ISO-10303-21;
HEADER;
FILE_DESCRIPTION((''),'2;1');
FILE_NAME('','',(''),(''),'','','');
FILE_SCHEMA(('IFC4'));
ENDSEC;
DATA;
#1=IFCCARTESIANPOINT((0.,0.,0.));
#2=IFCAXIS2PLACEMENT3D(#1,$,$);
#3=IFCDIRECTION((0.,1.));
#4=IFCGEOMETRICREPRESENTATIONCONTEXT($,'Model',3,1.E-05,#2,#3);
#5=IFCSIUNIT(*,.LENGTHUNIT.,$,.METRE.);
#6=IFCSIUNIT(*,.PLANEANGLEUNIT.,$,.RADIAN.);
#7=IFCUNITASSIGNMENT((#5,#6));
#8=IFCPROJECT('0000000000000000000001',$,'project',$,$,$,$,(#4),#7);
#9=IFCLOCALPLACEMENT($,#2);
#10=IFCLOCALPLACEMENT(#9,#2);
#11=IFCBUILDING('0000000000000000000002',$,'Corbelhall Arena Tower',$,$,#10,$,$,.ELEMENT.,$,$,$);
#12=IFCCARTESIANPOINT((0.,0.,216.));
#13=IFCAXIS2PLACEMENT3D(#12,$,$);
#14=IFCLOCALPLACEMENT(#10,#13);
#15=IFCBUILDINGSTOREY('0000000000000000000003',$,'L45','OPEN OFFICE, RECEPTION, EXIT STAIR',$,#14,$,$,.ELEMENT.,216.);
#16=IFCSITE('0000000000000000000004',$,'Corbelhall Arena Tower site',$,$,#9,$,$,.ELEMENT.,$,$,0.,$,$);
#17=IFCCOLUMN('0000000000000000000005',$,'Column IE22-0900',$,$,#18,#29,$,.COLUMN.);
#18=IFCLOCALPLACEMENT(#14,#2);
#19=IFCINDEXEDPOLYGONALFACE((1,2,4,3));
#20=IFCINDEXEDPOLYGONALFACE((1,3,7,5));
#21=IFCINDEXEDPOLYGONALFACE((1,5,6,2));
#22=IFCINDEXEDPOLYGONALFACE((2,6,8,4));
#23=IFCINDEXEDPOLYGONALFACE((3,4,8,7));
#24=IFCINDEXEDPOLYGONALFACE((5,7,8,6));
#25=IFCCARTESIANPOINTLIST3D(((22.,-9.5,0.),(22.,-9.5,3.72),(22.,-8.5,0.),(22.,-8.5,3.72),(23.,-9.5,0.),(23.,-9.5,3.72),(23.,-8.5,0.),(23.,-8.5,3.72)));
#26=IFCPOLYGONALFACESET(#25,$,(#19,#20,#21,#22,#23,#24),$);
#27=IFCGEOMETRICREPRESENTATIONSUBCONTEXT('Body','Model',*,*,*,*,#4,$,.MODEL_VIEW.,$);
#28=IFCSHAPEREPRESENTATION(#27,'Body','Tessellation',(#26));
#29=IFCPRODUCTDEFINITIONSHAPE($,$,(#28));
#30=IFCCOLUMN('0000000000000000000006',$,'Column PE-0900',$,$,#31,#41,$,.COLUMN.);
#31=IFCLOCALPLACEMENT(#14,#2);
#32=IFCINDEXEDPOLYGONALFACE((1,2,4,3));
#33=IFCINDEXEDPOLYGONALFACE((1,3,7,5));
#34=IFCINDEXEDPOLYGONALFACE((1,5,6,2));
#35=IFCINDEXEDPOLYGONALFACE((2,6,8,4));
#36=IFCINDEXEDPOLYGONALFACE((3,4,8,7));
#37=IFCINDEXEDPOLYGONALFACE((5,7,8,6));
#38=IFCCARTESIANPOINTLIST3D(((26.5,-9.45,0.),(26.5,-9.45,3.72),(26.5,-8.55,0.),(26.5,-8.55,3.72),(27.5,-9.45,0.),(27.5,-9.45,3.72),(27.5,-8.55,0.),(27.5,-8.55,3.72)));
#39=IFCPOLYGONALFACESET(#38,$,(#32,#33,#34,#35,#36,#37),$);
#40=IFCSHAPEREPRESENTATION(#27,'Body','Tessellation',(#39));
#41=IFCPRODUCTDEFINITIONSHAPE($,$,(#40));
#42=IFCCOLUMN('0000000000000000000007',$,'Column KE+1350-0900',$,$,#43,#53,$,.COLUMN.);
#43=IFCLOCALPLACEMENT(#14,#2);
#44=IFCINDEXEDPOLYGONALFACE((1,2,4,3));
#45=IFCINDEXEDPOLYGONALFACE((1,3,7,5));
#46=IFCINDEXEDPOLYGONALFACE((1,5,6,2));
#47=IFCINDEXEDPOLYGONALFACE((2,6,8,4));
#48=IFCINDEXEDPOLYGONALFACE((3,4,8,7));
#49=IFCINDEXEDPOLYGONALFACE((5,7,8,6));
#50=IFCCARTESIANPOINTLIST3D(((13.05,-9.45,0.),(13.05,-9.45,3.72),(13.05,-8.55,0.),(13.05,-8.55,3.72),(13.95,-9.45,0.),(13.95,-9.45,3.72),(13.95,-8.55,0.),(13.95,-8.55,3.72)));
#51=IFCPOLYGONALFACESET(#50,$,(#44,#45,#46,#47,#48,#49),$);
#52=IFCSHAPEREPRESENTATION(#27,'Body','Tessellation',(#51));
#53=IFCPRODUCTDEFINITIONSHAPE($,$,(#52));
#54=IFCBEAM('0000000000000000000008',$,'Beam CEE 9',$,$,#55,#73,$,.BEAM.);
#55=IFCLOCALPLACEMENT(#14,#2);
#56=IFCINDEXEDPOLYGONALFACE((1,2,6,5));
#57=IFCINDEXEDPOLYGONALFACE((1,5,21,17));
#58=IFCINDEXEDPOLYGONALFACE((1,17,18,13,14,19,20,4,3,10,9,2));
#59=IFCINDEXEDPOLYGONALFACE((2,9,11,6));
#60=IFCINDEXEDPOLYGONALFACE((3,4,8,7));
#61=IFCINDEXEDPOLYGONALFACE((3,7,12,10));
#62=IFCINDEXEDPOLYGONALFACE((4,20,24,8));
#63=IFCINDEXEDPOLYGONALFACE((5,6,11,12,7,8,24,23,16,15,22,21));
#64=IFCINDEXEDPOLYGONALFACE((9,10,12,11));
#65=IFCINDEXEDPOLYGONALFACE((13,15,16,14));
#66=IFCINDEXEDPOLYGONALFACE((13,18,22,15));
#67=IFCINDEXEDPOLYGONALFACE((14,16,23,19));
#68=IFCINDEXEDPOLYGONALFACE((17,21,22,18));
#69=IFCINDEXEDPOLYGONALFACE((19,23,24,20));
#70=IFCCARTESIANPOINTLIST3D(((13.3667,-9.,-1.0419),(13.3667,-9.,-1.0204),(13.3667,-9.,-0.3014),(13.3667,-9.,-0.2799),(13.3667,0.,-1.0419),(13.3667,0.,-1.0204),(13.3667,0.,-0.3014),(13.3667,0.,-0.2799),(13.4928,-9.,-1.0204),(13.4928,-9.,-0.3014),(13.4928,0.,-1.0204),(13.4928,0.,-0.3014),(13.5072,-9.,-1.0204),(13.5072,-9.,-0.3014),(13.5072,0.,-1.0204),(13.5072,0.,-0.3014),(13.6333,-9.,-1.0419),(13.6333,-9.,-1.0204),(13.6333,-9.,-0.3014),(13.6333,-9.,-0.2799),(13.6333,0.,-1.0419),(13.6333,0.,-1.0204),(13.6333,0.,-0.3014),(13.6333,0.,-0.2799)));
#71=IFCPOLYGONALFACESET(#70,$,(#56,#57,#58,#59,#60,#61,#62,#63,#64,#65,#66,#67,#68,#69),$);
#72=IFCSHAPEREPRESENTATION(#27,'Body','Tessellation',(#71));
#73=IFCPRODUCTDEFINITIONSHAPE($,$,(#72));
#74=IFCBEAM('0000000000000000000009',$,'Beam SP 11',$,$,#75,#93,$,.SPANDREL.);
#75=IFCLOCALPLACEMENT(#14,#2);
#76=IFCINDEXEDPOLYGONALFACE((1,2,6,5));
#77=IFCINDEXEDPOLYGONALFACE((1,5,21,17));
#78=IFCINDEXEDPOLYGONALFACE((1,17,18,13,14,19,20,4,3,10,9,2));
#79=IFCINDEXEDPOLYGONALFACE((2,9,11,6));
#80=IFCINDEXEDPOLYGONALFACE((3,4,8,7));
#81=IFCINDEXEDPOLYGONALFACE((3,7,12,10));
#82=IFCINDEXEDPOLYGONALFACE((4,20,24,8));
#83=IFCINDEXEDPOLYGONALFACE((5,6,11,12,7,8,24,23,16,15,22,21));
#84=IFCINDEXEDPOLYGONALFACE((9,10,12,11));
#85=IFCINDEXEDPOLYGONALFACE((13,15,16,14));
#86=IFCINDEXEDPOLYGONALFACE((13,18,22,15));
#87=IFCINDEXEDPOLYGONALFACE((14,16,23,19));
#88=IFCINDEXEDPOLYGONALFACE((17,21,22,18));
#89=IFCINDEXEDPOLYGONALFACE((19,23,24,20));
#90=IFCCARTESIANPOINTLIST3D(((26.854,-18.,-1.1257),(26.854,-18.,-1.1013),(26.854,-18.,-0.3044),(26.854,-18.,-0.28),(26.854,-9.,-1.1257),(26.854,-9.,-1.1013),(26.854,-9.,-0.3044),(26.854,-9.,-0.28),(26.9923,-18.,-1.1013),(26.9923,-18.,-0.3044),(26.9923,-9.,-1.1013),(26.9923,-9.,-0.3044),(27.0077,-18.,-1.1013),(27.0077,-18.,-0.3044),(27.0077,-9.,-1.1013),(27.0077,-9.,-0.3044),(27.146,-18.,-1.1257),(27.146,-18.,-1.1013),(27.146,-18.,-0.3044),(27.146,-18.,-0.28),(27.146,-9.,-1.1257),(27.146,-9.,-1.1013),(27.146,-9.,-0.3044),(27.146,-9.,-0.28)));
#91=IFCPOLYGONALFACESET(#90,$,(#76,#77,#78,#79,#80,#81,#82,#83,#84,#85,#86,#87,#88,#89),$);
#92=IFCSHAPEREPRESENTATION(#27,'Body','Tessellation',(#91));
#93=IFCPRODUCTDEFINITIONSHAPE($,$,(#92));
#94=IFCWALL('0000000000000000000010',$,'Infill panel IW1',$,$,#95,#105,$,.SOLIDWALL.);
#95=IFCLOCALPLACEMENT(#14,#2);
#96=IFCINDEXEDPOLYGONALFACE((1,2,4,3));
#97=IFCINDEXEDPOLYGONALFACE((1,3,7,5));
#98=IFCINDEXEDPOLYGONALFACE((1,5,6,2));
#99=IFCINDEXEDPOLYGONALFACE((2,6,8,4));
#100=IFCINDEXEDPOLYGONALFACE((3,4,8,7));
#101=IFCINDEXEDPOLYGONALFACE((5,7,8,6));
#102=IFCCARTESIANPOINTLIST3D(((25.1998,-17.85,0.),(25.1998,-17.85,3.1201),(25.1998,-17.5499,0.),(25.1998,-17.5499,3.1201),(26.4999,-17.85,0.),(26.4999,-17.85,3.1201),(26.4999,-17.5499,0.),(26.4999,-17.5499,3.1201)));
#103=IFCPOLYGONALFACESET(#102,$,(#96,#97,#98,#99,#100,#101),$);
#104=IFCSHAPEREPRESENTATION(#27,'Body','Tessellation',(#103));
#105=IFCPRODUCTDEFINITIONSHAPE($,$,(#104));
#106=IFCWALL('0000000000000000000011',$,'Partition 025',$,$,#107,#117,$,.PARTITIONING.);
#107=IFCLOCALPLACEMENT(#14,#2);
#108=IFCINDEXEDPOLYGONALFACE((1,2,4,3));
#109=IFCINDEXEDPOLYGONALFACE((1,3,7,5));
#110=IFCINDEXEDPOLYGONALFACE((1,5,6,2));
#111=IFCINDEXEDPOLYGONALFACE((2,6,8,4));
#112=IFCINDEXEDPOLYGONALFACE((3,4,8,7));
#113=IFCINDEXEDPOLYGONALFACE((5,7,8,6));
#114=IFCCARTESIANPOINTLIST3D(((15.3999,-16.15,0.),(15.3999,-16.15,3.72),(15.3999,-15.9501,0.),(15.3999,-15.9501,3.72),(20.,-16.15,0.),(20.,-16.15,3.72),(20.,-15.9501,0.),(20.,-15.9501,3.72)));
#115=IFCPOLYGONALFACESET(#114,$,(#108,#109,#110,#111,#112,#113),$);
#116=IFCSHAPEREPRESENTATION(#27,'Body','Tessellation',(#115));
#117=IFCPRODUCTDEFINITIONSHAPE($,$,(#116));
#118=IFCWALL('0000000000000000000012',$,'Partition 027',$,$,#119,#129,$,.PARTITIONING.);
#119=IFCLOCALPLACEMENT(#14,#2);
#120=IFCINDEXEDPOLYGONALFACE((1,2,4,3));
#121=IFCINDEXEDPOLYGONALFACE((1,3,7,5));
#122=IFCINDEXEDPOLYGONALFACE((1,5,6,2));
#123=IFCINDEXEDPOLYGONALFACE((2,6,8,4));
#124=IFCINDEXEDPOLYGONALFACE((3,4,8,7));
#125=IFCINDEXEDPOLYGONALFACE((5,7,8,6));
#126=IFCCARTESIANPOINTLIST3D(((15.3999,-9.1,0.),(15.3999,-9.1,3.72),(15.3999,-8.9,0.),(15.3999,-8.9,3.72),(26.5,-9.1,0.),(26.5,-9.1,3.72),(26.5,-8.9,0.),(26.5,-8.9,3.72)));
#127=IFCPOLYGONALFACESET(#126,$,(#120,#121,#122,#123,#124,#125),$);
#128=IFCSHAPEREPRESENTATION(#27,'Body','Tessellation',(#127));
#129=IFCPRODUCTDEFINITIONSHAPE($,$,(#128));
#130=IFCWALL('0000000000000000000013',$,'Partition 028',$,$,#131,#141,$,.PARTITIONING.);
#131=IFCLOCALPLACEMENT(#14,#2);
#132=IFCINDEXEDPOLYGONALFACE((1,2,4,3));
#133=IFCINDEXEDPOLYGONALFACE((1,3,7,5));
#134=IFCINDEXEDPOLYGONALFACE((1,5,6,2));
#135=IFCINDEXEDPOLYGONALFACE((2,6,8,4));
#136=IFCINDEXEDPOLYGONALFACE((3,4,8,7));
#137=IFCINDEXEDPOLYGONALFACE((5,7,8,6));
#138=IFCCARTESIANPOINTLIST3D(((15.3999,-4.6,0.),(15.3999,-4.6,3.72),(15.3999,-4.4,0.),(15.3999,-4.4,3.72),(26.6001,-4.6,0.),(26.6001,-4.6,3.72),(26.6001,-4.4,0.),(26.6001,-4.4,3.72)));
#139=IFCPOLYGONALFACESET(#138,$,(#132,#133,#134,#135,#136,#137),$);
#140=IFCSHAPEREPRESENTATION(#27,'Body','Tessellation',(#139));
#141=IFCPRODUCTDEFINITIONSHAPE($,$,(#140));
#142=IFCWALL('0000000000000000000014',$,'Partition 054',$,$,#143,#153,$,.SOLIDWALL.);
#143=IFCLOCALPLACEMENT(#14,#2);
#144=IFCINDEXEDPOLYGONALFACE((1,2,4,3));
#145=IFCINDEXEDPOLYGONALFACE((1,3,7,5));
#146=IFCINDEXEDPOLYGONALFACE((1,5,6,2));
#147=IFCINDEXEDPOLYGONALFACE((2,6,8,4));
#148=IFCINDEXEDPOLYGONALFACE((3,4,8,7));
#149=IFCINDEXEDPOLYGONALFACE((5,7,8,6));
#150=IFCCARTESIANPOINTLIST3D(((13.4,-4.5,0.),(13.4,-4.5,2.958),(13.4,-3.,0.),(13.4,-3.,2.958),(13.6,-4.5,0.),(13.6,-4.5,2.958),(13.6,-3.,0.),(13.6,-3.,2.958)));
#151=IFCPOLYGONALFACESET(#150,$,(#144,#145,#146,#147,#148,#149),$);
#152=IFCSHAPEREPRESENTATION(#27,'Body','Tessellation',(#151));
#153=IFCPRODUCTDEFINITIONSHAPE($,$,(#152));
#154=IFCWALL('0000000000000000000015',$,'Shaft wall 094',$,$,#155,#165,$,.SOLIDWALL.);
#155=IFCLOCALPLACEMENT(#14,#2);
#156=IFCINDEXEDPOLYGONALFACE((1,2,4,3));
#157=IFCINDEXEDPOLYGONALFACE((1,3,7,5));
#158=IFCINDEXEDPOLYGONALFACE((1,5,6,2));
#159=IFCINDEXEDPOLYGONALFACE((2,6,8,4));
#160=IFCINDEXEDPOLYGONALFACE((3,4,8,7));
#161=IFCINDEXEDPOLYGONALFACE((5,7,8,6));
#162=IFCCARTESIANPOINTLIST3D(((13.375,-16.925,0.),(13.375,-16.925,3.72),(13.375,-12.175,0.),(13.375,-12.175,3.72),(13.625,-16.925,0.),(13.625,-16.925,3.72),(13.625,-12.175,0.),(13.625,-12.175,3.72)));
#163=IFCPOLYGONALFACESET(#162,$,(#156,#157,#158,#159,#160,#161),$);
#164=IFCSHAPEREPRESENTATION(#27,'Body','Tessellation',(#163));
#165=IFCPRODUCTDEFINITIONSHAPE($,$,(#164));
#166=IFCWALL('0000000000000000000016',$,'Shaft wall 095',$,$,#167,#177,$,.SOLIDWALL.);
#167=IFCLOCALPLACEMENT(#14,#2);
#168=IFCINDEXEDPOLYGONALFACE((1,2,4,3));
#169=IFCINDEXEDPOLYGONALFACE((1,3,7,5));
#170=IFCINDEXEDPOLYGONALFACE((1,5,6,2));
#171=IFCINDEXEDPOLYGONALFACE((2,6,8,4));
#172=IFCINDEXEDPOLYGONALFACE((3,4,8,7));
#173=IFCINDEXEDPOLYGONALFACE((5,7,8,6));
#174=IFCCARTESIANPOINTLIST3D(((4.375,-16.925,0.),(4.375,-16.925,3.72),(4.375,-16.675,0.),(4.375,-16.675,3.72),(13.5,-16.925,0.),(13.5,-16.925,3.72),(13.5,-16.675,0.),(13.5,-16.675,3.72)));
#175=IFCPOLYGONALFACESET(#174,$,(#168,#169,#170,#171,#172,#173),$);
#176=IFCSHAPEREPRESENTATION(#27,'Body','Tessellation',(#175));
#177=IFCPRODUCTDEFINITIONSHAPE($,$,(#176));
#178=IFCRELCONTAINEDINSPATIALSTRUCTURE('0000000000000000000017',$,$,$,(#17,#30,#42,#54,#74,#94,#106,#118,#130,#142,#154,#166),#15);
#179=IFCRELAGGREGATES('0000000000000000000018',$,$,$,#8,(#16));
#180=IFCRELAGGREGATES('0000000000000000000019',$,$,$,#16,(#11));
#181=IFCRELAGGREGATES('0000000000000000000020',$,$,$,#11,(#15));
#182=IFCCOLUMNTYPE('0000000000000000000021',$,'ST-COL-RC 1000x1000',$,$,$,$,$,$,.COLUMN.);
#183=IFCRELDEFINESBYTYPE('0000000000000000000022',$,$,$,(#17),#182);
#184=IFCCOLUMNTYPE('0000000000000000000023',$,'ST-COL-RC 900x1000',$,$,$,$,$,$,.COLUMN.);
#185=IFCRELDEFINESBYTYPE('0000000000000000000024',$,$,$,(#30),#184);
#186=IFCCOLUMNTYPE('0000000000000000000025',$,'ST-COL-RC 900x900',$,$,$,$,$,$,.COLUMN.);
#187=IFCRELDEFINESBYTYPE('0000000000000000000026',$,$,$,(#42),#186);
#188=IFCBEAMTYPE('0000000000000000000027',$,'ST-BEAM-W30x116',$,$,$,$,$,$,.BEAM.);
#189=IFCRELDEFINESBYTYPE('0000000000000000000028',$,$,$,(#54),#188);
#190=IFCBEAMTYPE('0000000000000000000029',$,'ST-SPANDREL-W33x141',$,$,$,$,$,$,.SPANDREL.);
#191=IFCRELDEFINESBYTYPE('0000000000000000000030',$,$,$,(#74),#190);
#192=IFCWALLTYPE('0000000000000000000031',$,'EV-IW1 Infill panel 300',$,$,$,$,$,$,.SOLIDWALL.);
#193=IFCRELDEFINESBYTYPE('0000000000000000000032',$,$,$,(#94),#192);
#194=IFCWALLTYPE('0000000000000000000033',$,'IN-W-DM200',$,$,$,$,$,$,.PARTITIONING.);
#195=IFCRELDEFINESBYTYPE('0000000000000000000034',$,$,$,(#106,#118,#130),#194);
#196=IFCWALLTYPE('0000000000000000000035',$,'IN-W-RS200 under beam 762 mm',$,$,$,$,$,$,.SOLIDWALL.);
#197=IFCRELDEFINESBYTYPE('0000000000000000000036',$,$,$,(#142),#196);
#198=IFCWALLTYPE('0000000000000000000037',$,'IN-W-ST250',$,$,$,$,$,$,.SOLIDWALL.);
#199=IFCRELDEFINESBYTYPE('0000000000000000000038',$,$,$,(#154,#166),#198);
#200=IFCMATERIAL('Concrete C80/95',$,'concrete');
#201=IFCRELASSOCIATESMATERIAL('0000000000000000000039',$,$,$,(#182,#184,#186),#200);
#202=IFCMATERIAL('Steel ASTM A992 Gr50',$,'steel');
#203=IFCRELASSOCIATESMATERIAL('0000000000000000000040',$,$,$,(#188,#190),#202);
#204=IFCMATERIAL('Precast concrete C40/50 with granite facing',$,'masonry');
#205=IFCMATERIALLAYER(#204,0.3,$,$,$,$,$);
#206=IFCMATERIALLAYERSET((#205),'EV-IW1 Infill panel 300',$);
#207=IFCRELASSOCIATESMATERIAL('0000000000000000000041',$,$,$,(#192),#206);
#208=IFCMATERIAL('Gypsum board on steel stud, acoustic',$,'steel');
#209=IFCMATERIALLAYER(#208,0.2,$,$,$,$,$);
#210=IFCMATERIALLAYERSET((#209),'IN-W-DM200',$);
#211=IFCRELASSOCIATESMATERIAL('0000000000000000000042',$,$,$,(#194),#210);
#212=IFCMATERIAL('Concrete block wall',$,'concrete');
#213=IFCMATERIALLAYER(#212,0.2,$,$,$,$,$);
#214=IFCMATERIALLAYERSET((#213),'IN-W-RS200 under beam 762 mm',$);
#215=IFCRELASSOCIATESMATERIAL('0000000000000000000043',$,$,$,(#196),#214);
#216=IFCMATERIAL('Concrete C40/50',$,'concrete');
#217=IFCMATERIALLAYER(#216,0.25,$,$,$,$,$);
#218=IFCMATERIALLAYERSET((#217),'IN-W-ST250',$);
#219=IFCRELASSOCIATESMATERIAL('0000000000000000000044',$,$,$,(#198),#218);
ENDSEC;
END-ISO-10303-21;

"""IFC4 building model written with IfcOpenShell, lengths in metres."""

from ifc_helpers import new_model, si_unit, direction, frame, frame_2d, origin, origin_2d, place, context, subcontext, project, spatial, rectangle, i_section, extrude, material, layer, layer_set, material_profile, profile_set, type_object, element, save


model = new_model("IFC4")

# Units and contexts
model_context = context("Model", 3, precision=1e-05, world=origin(), true_north=direction((0.0, 1.0)))
body_context = subcontext(model_context, "Body", "Model", "MODEL_VIEW")
ifc_project = project(units=[si_unit("LENGTHUNIT", "METRE"), si_unit("PLANEANGLEUNIT", "RADIAN")], contexts=[model_context])

# Site, building, storey
site_placement = place(None, origin())
site = spatial("IfcSite", under=ifc_project, at=site_placement, Name="Corbelhall Arena Tower site", CompositionType="ELEMENT", RefElevation=0.0)
building_placement = place(site_placement, origin())
building = spatial("IfcBuilding", under=site, at=building_placement, Name="Corbelhall Arena Tower", CompositionType="ELEMENT")
storey_placement = place(building_placement, frame((0.0, 0.0, 216.0)))
storey = spatial("IfcBuildingStorey", under=building, at=storey_placement, Name="L45", Description="OPEN OFFICE, RECEPTION, EXIT STAIR", CompositionType="ELEMENT", Elevation=216.0)

# Columns
ifc_material_1 = material(Name="Concrete C80/95", Category="concrete")
ifc_material_profile_1 = material_profile(ifc_material_1, rectangle(XDim=1.0, YDim=1.0, at=origin_2d()))
ifc_profile_set_1 = profile_set([ifc_material_profile_1], Name="Concrete C80/95")
column_type_1 = type_object("IfcColumnType", Name="ST-COL-RC 1000x1000", PredefinedType="COLUMN", material=ifc_profile_set_1)
column_1_placement = place(storey_placement, frame((22.5, -9.0, 0.0), z_axis=(0.0, 0.0, 1.0), x_axis=(1.0, 0.0, 0.0)))
element("IfcColumn", 1, at=column_1_placement, inside=storey, type_object=column_type_1, Name="Column IE22-0900", PredefinedType="COLUMN", context=body_context, shape_type="SweptSolid", body=[
    extrude(rectangle(XDim=1.0, YDim=1.0, at=origin_2d()), origin(), (0.0, 0.0, 1.0), 3.72),
])
ifc_material_profile_2 = material_profile(ifc_material_1, rectangle(XDim=0.8999, YDim=1.0, at=origin_2d()))
ifc_profile_set_2 = profile_set([ifc_material_profile_2], Name="Concrete C80/95")
column_type_2 = type_object("IfcColumnType", Name="ST-COL-RC 900x1000", PredefinedType="COLUMN", material=ifc_profile_set_2)
column_2_placement = place(storey_placement, frame((27.0, -9.0, 0.0), z_axis=(0.0, 0.0, 1.0), x_axis=(0.0, 1.0, 0.0)))
element("IfcColumn", 2, at=column_2_placement, inside=storey, type_object=column_type_2, Name="Column PE-0900", PredefinedType="COLUMN", context=body_context, shape_type="SweptSolid", body=[
    extrude(rectangle(XDim=0.8999, YDim=1.0, at=origin_2d()), origin(), (0.0, 0.0, 1.0), 3.72),
])
ifc_material_profile_3 = material_profile(ifc_material_1, rectangle(XDim=0.8999, YDim=0.8999, at=origin_2d()))
ifc_profile_set_3 = profile_set([ifc_material_profile_3], Name="Concrete C80/95")
column_type_3 = type_object("IfcColumnType", Name="ST-COL-RC 900x900", PredefinedType="COLUMN", material=ifc_profile_set_3)
column_3_placement = place(storey_placement, frame((13.5, -9.0, 0.0), z_axis=(0.0, 0.0, 1.0), x_axis=(1.0, 0.0, 0.0)))
element("IfcColumn", 3, at=column_3_placement, inside=storey, type_object=column_type_3, Name="Column KE+1350-0900", PredefinedType="COLUMN", context=body_context, shape_type="SweptSolid", body=[
    extrude(rectangle(XDim=0.8999, YDim=0.8999, at=origin_2d()), origin(), (0.0, 0.0, 1.0), 3.72),
])

# Beams
ifc_material_2 = material(Name="Steel ASTM A992 Gr50", Category="steel")
ifc_material_profile_4 = material_profile(ifc_material_2, i_section(OverallWidth=0.2666, OverallDepth=0.762, WebThickness=0.0144, FlangeThickness=0.0215, at=origin_2d()))
ifc_profile_set_4 = profile_set([ifc_material_profile_4], Name="Steel ASTM A992 Gr50")
beam_type_1 = type_object("IfcBeamType", Name="ST-BEAM-W30x116", PredefinedType="BEAM", material=ifc_profile_set_4)
beam_1_placement = place(storey_placement, frame((13.5, -9.0, -0.6609), z_axis=(0.0, 1.0, 0.0), x_axis=(-1.0, 0.0, 0.0)))
element("IfcBeam", 4, at=beam_1_placement, inside=storey, type_object=beam_type_1, Name="Beam CEE 9", PredefinedType="BEAM", context=body_context, shape_type="SweptSolid", body=[
    extrude(i_section(OverallWidth=0.2666, OverallDepth=0.762, WebThickness=0.0144, FlangeThickness=0.0215, at=origin_2d()), origin(), (0.0, 0.0, 1.0), 9.0),
])
ifc_material_profile_5 = material_profile(ifc_material_2, i_section(OverallWidth=0.292, OverallDepth=0.8457, WebThickness=0.0154, FlangeThickness=0.0244, at=origin_2d()))
ifc_profile_set_5 = profile_set([ifc_material_profile_5], Name="Steel ASTM A992 Gr50")
beam_type_2 = type_object("IfcBeamType", Name="ST-SPANDREL-W33x141", PredefinedType="SPANDREL", material=ifc_profile_set_5)
beam_2_placement = place(storey_placement, frame((27.0, -9.0, -0.7029), z_axis=(0.0, -1.0, 0.0), x_axis=(1.0, 0.0, 0.0)))
element("IfcBeam", 5, at=beam_2_placement, inside=storey, type_object=beam_type_2, Name="Beam SP 11", PredefinedType="SPANDREL", context=body_context, shape_type="SweptSolid", body=[
    extrude(i_section(OverallWidth=0.292, OverallDepth=0.8457, WebThickness=0.0154, FlangeThickness=0.0244, at=origin_2d()), origin(), (0.0, 0.0, 1.0), 9.0),
])

# Wall
ifc_material_3 = material(Name="Precast concrete C40/50 with granite facing", Category="masonry")
ifc_layer_1 = layer(ifc_material_3, 0.3)
ifc_layer_set_1 = layer_set([ifc_layer_1], Name="EV-IW1 Infill panel 300")
wall_type_1 = type_object("IfcWallType", Name="EV-IW1 Infill panel 300", PredefinedType="SOLIDWALL", material=ifc_layer_set_1)
wall_1_placement = place(storey_placement, frame((25.2, -17.7, 0.0), z_axis=(0.0, 0.0, 1.0), x_axis=(1.0, 0.0, 0.0)))
element("IfcWall", 6, at=wall_1_placement, inside=storey, type_object=wall_type_1, Name="Infill panel IW1", PredefinedType="SOLIDWALL", context=body_context, shape_type="SweptSolid", body=[
    extrude(rectangle(XDim=1.3, YDim=0.3, at=frame_2d((0.6499, 0.0))), origin(), (0.0, 0.0, 1.0), 3.1201),
])

# Walls
ifc_material_4 = material(Name="Gypsum board on steel stud, acoustic", Category="steel")
ifc_layer_2 = layer(ifc_material_4, 0.2)
ifc_layer_set_2 = layer_set([ifc_layer_2], Name="IN-W-DM200")
wall_type_2 = type_object("IfcWallType", Name="IN-W-DM200", PredefinedType="PARTITIONING", material=ifc_layer_set_2)
wall_2_placement = place(storey_placement, frame((15.3999, -16.05, 0.0), z_axis=(0.0, 0.0, 1.0), x_axis=(1.0, 0.0, 0.0)))
element("IfcWall", 7, at=wall_2_placement, inside=storey, type_object=wall_type_2, Name="Partition 025", PredefinedType="PARTITIONING", context=body_context, shape_type="SweptSolid", body=[
    extrude(rectangle(XDim=4.6001, YDim=0.2, at=frame_2d((2.3, 0.0))), origin(), (0.0, 0.0, 1.0), 3.72),
])
wall_3_placement = place(storey_placement, frame((15.3999, -9.0, 0.0), z_axis=(0.0, 0.0, 1.0), x_axis=(1.0, 0.0, 0.0)))
element("IfcWall", 8, at=wall_3_placement, inside=storey, type_object=wall_type_2, Name="Partition 027", PredefinedType="PARTITIONING", context=body_context, shape_type="SweptSolid", body=[
    extrude(rectangle(XDim=11.1001, YDim=0.2, at=frame_2d((5.55, 0.0))), origin(), (0.0, 0.0, 1.0), 3.72),
])
wall_4_placement = place(storey_placement, frame((15.3999, -4.5, 0.0), z_axis=(0.0, 0.0, 1.0), x_axis=(1.0, 0.0, 0.0)))
element("IfcWall", 9, at=wall_4_placement, inside=storey, type_object=wall_type_2, Name="Partition 028", PredefinedType="PARTITIONING", context=body_context, shape_type="SweptSolid", body=[
    extrude(rectangle(XDim=11.2002, YDim=0.2, at=frame_2d((5.6001, 0.0))), origin(), (0.0, 0.0, 1.0), 3.72),
])

# Shared definitions
ifc_material_5 = material(Name="Concrete block wall", Category="concrete")

# Walls
ifc_layer_3 = layer(ifc_material_5, 0.2)
ifc_layer_set_3 = layer_set([ifc_layer_3], Name="IN-W-RS200 under beam 762 mm")
wall_type_3 = type_object("IfcWallType", Name="IN-W-RS200 under beam 762 mm", PredefinedType="SOLIDWALL", material=ifc_layer_set_3)
wall_5_placement = place(storey_placement, frame((13.5, -3.0, 0.0), z_axis=(0.0, 0.0, 1.0), x_axis=(0.0, -1.0, 0.0)))
element("IfcWall", 10, at=wall_5_placement, inside=storey, type_object=wall_type_3, Name="Partition 054", PredefinedType="SOLIDWALL", context=body_context, shape_type="SweptSolid", body=[
    extrude(rectangle(XDim=1.5, YDim=0.2, at=frame_2d((0.75, 0.0))), origin(), (0.0, 0.0, 1.0), 2.958),
])
ifc_material_6 = material(Name="Concrete C40/50", Category="concrete")
ifc_layer_4 = layer(ifc_material_6, 0.25)
ifc_layer_set_4 = layer_set([ifc_layer_4], Name="IN-W-ST250")
wall_type_4 = type_object("IfcWallType", Name="IN-W-ST250", PredefinedType="SOLIDWALL", material=ifc_layer_set_4)
wall_6_placement = place(storey_placement, frame((13.5, -16.925, 0.0), z_axis=(0.0, 0.0, 1.0), x_axis=(0.0, 1.0, 0.0)))
element("IfcWall", 11, at=wall_6_placement, inside=storey, type_object=wall_type_4, Name="Shaft wall 094", PredefinedType="SOLIDWALL", context=body_context, shape_type="SweptSolid", body=[
    extrude(rectangle(XDim=4.75, YDim=0.25, at=frame_2d((2.375, 0.0))), origin(), (0.0, 0.0, 1.0), 3.72),
])
wall_7_placement = place(storey_placement, frame((13.5, -16.8, 0.0), z_axis=(0.0, 0.0, 1.0), x_axis=(-1.0, 0.0, 0.0)))
element("IfcWall", 12, at=wall_7_placement, inside=storey, type_object=wall_type_4, Name="Shaft wall 095", PredefinedType="SOLIDWALL", context=body_context, shape_type="SweptSolid", body=[
    extrude(rectangle(XDim=9.125, YDim=0.25, at=frame_2d((4.5625, 0.0))), origin(), (0.0, 0.0, 1.0), 3.72),
])

save(model, "model.ifc")
